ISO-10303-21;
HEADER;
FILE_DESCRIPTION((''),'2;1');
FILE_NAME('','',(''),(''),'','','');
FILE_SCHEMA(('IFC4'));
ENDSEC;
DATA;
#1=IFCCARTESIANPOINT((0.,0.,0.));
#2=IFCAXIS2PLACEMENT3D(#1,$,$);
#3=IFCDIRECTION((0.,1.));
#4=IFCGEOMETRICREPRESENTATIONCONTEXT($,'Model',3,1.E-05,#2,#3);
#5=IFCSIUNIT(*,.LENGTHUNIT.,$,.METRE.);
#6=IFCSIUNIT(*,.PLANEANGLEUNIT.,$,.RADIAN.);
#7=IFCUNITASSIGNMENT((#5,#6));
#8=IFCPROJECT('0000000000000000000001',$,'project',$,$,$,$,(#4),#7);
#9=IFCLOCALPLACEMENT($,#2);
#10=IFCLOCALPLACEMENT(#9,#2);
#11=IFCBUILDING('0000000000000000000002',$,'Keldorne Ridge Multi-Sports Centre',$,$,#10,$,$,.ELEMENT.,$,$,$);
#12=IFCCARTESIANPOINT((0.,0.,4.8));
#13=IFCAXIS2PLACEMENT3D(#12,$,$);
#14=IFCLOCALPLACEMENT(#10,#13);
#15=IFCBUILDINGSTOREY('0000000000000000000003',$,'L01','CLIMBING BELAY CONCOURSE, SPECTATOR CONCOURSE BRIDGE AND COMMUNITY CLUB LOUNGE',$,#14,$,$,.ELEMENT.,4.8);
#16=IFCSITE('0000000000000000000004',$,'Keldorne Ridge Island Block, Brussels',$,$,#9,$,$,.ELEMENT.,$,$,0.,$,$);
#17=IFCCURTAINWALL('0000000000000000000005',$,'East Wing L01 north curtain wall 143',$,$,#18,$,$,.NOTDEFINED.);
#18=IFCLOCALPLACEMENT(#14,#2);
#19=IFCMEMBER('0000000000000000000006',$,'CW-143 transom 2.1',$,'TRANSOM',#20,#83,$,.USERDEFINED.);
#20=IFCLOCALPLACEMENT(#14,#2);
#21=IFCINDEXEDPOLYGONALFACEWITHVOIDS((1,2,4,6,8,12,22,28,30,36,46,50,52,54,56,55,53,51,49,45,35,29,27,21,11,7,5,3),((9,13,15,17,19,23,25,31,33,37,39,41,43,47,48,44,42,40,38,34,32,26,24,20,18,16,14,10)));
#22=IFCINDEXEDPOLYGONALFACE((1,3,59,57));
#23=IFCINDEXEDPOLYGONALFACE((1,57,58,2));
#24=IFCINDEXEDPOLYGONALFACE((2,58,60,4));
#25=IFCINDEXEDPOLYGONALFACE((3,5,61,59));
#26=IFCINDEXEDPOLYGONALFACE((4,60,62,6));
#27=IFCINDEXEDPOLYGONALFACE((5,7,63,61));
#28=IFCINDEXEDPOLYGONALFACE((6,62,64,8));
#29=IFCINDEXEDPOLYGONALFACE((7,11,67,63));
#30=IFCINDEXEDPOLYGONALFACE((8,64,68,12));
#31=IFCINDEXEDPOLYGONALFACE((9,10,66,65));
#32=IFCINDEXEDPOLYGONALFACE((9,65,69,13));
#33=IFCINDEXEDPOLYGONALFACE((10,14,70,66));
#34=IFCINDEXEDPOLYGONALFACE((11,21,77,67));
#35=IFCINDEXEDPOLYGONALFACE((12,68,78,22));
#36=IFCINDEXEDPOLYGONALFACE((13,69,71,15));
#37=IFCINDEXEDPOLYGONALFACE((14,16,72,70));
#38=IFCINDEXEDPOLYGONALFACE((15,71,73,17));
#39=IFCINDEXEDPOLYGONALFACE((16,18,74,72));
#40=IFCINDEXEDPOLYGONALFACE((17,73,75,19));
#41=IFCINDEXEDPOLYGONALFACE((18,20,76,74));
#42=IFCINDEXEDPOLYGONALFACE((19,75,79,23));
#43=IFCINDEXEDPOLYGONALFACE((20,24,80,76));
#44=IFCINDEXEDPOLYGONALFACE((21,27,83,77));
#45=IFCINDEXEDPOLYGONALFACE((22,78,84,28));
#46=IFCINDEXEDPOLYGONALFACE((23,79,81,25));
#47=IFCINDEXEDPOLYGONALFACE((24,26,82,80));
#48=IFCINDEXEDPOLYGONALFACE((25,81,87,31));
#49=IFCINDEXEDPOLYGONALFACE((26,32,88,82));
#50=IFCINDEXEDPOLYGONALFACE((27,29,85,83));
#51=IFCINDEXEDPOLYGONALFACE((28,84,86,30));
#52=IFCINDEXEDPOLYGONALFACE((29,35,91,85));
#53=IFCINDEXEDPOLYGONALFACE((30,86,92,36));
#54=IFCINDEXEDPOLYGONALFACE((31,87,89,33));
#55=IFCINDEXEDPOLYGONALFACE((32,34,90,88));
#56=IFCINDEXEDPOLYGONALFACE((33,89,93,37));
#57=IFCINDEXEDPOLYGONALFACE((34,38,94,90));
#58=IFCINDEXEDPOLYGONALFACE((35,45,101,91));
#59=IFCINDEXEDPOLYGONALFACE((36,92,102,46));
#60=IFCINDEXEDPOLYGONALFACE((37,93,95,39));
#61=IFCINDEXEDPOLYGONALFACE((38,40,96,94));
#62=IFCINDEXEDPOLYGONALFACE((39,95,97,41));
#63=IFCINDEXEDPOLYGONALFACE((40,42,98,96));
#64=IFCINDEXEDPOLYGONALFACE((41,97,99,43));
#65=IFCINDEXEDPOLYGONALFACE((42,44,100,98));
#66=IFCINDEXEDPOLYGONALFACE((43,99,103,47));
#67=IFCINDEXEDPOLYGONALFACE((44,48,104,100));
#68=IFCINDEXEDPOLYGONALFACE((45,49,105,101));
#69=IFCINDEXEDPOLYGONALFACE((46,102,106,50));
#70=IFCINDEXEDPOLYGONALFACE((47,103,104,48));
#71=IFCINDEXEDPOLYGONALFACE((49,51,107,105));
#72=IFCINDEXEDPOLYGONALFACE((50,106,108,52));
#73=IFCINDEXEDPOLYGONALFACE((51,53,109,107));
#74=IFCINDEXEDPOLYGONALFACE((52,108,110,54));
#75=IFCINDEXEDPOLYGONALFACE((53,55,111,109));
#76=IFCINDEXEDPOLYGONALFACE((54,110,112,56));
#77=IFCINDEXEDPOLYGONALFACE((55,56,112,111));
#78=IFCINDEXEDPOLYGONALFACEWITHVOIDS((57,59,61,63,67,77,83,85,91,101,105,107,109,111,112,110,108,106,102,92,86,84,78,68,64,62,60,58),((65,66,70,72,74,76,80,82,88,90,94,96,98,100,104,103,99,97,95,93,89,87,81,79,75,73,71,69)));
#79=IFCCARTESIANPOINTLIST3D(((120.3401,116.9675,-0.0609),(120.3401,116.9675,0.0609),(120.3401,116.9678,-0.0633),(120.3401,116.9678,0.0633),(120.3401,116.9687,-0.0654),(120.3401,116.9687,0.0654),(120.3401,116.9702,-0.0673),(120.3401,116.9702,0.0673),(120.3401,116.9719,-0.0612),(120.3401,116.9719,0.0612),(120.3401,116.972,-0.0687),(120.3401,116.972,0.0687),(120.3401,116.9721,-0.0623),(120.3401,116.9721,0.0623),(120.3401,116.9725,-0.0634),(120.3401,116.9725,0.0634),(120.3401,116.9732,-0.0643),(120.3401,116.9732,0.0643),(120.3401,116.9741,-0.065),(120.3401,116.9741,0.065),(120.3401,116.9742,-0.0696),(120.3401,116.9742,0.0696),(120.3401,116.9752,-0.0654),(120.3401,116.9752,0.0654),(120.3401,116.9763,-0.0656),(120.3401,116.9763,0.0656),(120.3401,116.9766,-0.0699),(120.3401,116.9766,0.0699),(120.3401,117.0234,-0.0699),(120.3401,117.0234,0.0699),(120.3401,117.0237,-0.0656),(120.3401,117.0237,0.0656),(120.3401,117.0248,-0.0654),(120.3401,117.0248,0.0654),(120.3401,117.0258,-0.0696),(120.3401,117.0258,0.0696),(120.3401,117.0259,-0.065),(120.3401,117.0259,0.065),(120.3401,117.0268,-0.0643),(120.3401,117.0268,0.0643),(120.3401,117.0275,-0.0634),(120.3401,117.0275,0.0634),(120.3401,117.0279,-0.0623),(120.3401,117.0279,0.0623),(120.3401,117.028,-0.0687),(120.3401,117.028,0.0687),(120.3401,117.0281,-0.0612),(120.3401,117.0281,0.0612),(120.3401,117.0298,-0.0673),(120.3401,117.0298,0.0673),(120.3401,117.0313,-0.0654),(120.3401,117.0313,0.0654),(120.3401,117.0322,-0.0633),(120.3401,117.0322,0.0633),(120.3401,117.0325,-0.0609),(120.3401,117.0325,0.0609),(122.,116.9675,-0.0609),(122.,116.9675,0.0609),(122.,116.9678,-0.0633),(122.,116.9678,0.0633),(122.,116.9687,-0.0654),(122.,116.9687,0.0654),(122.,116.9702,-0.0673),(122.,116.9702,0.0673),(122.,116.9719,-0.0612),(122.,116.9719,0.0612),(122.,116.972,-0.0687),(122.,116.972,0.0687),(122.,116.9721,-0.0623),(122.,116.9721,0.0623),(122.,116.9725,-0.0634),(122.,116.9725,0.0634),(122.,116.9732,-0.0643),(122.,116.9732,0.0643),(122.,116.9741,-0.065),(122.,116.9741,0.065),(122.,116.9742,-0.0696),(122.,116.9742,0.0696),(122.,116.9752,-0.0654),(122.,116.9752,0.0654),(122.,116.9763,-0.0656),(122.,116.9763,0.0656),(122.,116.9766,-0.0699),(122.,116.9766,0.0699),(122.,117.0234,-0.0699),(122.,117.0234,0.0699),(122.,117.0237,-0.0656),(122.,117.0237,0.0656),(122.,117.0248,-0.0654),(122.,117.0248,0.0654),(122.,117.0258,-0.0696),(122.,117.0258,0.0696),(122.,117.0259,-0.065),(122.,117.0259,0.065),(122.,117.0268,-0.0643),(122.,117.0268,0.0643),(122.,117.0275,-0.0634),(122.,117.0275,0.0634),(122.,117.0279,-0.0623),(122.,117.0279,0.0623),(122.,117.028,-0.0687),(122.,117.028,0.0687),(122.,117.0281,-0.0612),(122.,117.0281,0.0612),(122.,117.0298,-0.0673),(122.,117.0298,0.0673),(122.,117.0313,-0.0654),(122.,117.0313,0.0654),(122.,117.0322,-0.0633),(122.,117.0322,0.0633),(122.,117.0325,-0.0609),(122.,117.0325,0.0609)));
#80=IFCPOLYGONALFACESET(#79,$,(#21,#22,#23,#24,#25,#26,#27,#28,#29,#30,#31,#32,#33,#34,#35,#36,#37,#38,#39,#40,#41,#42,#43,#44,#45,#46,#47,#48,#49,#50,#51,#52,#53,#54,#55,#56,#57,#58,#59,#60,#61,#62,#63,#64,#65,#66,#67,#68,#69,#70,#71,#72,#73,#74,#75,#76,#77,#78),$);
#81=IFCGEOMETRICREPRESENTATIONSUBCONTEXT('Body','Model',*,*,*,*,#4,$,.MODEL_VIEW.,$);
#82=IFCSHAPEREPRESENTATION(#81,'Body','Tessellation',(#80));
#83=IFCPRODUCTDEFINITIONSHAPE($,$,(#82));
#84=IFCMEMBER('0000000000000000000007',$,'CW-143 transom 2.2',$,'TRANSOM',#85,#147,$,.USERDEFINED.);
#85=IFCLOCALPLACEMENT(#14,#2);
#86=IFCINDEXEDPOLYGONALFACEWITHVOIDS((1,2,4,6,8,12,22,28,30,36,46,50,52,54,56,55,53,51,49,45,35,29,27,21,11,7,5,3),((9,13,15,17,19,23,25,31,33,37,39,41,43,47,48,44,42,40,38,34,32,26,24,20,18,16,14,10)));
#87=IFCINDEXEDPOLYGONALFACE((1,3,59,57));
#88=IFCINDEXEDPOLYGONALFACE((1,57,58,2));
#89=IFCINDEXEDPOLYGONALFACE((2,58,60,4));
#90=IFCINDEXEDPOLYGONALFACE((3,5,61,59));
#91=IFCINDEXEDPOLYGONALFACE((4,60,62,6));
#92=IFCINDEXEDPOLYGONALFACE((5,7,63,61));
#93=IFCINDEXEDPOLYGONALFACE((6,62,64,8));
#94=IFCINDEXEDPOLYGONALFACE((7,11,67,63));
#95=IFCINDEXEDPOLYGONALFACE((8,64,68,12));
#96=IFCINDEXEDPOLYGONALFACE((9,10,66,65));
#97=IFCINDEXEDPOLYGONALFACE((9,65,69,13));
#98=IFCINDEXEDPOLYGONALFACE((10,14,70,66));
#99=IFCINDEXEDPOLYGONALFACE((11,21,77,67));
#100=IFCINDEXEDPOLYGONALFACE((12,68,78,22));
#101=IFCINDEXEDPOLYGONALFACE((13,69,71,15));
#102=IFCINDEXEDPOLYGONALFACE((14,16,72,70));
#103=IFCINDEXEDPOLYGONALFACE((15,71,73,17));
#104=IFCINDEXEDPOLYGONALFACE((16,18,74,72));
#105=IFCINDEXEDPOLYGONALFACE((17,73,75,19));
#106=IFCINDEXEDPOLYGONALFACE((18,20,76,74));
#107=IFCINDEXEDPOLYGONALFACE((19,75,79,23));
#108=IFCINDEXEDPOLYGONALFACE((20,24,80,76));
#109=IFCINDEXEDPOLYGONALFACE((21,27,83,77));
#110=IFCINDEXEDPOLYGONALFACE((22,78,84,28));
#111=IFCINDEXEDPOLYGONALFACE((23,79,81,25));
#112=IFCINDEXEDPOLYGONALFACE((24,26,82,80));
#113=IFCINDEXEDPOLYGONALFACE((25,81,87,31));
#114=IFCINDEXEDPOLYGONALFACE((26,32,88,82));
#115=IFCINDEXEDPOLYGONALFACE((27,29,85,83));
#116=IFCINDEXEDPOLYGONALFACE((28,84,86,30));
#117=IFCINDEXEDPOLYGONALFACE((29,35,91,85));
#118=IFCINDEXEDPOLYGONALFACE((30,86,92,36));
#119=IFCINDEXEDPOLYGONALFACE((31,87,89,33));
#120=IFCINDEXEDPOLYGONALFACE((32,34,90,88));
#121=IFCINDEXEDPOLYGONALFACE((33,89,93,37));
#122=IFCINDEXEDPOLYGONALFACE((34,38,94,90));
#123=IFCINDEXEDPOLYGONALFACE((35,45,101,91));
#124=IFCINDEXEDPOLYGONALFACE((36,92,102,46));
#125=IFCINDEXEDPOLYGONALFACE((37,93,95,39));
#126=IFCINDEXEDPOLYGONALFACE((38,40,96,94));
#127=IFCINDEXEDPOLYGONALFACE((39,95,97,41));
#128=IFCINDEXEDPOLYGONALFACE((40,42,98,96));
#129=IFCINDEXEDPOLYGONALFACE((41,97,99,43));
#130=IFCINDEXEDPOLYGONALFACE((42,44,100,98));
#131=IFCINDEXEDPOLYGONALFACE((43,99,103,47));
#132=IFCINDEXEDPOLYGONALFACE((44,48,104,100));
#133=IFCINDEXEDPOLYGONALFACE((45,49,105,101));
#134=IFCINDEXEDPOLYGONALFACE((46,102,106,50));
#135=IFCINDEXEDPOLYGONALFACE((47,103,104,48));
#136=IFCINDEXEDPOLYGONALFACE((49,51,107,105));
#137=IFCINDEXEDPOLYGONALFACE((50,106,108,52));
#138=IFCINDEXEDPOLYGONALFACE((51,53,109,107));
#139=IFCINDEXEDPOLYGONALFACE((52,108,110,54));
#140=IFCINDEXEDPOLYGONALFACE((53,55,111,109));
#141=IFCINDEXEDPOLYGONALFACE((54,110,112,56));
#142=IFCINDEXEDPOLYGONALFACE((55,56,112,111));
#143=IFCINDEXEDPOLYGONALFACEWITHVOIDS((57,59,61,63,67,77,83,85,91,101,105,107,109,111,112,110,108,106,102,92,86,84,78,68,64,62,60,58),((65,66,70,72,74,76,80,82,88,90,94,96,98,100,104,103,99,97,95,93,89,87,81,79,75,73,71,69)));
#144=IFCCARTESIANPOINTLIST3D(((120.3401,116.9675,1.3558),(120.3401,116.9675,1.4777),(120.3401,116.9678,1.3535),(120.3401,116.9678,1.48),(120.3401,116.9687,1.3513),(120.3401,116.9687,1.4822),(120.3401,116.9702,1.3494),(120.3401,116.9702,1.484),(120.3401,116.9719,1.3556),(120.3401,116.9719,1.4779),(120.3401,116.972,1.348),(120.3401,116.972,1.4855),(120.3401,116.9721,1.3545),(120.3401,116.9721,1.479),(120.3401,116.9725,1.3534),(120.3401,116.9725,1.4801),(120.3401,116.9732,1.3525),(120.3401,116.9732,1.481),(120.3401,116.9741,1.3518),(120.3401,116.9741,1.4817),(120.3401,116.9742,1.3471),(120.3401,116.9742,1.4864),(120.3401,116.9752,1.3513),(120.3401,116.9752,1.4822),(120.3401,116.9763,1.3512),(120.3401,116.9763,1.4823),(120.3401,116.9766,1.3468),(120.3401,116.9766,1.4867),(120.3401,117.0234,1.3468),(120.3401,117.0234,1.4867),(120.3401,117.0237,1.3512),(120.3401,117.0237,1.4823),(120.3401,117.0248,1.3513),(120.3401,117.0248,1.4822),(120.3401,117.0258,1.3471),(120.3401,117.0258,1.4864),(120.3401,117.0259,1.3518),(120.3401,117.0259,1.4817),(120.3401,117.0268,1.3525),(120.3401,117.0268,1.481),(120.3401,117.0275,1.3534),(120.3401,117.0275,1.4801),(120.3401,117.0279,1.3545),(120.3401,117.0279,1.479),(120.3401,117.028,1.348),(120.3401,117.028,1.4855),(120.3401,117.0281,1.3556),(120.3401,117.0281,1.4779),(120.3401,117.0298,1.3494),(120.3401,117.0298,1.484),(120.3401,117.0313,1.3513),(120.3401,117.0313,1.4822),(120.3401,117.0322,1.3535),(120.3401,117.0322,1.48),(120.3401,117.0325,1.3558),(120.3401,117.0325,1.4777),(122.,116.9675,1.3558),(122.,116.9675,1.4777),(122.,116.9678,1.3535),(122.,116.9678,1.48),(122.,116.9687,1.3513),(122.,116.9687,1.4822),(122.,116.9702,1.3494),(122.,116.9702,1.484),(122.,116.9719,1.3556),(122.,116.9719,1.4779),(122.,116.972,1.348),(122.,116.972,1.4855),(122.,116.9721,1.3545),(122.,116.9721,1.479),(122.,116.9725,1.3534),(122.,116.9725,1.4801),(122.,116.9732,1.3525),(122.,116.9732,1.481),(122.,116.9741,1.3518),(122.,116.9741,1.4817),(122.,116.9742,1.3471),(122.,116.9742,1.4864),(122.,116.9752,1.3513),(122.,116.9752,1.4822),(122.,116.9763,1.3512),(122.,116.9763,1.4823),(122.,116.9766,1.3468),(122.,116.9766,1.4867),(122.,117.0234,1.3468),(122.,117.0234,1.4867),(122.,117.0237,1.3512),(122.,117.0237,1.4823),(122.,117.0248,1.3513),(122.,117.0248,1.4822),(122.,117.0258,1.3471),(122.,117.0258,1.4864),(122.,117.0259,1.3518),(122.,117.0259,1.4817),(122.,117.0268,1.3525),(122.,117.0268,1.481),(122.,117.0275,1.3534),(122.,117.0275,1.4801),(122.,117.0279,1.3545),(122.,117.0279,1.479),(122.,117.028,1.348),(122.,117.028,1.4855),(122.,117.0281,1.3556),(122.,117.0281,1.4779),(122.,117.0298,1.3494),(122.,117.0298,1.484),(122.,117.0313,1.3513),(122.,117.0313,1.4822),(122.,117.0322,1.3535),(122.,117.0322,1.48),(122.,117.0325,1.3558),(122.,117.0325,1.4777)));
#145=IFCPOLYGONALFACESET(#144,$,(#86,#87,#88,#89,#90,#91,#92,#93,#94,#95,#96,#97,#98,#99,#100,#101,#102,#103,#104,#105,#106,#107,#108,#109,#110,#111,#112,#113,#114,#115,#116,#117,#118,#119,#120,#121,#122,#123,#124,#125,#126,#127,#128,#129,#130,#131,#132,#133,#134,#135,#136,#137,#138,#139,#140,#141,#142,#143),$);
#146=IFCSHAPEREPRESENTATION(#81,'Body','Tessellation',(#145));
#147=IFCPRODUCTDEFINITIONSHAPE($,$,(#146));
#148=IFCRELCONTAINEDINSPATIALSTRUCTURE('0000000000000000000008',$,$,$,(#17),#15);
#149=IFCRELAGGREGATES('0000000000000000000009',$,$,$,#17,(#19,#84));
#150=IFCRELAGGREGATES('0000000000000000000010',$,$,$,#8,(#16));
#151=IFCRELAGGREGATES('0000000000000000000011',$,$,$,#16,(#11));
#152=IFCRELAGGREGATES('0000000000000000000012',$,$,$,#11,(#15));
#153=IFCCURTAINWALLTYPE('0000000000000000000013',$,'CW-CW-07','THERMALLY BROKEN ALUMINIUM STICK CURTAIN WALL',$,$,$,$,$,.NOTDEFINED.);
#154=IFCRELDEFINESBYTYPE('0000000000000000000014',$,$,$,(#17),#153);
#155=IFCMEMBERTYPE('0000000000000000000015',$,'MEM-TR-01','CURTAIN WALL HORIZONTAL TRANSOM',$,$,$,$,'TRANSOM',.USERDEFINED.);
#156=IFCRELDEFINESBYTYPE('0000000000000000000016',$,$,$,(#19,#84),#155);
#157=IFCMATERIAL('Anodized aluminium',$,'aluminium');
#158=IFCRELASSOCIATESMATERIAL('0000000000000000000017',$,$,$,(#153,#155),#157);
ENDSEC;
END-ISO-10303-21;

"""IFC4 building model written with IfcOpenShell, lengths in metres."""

from ifc_helpers import new_model, si_unit, direction, frame, origin, origin_2d, place, context, subcontext, project, spatial, hollow_rectangle, extrude, material, material_profile, profile_set, type_object, element, aggregate, save


model = new_model("IFC4")

# Units and contexts
model_context = context("Model", 3, precision=1e-05, world=origin(), true_north=direction((0.0, 1.0)))
body_context = subcontext(model_context, "Body", "Model", "MODEL_VIEW")
ifc_project = project(units=[si_unit("LENGTHUNIT", "METRE"), si_unit("PLANEANGLEUNIT", "RADIAN")], contexts=[model_context])

# Site, building, storey
site_placement = place(None, origin())
site = spatial("IfcSite", under=ifc_project, at=site_placement, Name="Keldorne Ridge Island Block, Brussels", CompositionType="ELEMENT", RefElevation=0.0)
building_placement = place(site_placement, origin())
building = spatial("IfcBuilding", under=site, at=building_placement, Name="Keldorne Ridge Multi-Sports Centre", CompositionType="ELEMENT")
storey_placement = place(building_placement, frame((0.0, 0.0, 4.8)))
storey = spatial("IfcBuildingStorey", under=building, at=storey_placement, Name="L01", Description="CLIMBING BELAY CONCOURSE, SPECTATOR CONCOURSE BRIDGE AND COMMUNITY CLUB LOUNGE", CompositionType="ELEMENT", Elevation=4.8)

# Curtain wall, members
ifc_material_1 = material(Name="Anodized aluminium", Category="aluminium")
curtain_wall_type = type_object("IfcCurtainWallType", Name="CW-CW-07", Description="THERMALLY BROKEN ALUMINIUM STICK CURTAIN WALL", PredefinedType="NOTDEFINED", material=ifc_material_1)
curtain_wall_placement = place(storey_placement, origin())
curtain_wall = element("IfcCurtainWall", 1, at=curtain_wall_placement, inside=storey, type_object=curtain_wall_type, Name="East Wing L01 north curtain wall 143", PredefinedType="NOTDEFINED")
ifc_material_profile_1 = material_profile(ifc_material_1, hollow_rectangle(XDim=0.0649, YDim=0.1399, WallThickness=0.0044, InnerFilletRadius=0.0044, OuterFilletRadius=0.009, at=origin_2d()), Name="ALU TRANSOM 140x65x4.5")
ifc_profile_set_1 = profile_set([ifc_material_profile_1], Name="Anodized aluminium")
member_type_1 = type_object("IfcMemberType", Name="MEM-TR-01", Description="CURTAIN WALL HORIZONTAL TRANSOM", ElementType="TRANSOM", PredefinedType="USERDEFINED", material=ifc_profile_set_1)
member_1_placement = place(storey_placement, frame((122.0, 117.0, 0.0), z_axis=(-1.0, 0.0, 0.0), x_axis=(0.0, -1.0, 0.0)))
member_1 = element("IfcMember", 2, at=member_1_placement, type_object=member_type_1, Name="CW-143 transom 2.1", ObjectType="TRANSOM", PredefinedType="USERDEFINED", context=body_context, shape_type="SweptSolid", body=[
    extrude(hollow_rectangle(XDim=0.0649, YDim=0.1399, WallThickness=0.0044, InnerFilletRadius=0.0044, OuterFilletRadius=0.009, at=origin_2d()), origin(), (0.0, 0.0, 1.0), 1.6599),
])
member_2_placement = place(storey_placement, frame((122.0, 117.0, 1.4167), z_axis=(-1.0, 0.0, 0.0), x_axis=(0.0, -1.0, 0.0)))
member_2 = element("IfcMember", 3, at=member_2_placement, type_object=member_type_1, Name="CW-143 transom 2.2", ObjectType="TRANSOM", PredefinedType="USERDEFINED", context=body_context, shape_type="SweptSolid", body=[
    extrude(hollow_rectangle(XDim=0.0649, YDim=0.1399, WallThickness=0.0044, InnerFilletRadius=0.0044, OuterFilletRadius=0.009, at=origin_2d()), origin(), (0.0, 0.0, 1.0), 1.6599),
])
aggregate(curtain_wall, [member_1, member_2])

save(model, "model.ifc")
